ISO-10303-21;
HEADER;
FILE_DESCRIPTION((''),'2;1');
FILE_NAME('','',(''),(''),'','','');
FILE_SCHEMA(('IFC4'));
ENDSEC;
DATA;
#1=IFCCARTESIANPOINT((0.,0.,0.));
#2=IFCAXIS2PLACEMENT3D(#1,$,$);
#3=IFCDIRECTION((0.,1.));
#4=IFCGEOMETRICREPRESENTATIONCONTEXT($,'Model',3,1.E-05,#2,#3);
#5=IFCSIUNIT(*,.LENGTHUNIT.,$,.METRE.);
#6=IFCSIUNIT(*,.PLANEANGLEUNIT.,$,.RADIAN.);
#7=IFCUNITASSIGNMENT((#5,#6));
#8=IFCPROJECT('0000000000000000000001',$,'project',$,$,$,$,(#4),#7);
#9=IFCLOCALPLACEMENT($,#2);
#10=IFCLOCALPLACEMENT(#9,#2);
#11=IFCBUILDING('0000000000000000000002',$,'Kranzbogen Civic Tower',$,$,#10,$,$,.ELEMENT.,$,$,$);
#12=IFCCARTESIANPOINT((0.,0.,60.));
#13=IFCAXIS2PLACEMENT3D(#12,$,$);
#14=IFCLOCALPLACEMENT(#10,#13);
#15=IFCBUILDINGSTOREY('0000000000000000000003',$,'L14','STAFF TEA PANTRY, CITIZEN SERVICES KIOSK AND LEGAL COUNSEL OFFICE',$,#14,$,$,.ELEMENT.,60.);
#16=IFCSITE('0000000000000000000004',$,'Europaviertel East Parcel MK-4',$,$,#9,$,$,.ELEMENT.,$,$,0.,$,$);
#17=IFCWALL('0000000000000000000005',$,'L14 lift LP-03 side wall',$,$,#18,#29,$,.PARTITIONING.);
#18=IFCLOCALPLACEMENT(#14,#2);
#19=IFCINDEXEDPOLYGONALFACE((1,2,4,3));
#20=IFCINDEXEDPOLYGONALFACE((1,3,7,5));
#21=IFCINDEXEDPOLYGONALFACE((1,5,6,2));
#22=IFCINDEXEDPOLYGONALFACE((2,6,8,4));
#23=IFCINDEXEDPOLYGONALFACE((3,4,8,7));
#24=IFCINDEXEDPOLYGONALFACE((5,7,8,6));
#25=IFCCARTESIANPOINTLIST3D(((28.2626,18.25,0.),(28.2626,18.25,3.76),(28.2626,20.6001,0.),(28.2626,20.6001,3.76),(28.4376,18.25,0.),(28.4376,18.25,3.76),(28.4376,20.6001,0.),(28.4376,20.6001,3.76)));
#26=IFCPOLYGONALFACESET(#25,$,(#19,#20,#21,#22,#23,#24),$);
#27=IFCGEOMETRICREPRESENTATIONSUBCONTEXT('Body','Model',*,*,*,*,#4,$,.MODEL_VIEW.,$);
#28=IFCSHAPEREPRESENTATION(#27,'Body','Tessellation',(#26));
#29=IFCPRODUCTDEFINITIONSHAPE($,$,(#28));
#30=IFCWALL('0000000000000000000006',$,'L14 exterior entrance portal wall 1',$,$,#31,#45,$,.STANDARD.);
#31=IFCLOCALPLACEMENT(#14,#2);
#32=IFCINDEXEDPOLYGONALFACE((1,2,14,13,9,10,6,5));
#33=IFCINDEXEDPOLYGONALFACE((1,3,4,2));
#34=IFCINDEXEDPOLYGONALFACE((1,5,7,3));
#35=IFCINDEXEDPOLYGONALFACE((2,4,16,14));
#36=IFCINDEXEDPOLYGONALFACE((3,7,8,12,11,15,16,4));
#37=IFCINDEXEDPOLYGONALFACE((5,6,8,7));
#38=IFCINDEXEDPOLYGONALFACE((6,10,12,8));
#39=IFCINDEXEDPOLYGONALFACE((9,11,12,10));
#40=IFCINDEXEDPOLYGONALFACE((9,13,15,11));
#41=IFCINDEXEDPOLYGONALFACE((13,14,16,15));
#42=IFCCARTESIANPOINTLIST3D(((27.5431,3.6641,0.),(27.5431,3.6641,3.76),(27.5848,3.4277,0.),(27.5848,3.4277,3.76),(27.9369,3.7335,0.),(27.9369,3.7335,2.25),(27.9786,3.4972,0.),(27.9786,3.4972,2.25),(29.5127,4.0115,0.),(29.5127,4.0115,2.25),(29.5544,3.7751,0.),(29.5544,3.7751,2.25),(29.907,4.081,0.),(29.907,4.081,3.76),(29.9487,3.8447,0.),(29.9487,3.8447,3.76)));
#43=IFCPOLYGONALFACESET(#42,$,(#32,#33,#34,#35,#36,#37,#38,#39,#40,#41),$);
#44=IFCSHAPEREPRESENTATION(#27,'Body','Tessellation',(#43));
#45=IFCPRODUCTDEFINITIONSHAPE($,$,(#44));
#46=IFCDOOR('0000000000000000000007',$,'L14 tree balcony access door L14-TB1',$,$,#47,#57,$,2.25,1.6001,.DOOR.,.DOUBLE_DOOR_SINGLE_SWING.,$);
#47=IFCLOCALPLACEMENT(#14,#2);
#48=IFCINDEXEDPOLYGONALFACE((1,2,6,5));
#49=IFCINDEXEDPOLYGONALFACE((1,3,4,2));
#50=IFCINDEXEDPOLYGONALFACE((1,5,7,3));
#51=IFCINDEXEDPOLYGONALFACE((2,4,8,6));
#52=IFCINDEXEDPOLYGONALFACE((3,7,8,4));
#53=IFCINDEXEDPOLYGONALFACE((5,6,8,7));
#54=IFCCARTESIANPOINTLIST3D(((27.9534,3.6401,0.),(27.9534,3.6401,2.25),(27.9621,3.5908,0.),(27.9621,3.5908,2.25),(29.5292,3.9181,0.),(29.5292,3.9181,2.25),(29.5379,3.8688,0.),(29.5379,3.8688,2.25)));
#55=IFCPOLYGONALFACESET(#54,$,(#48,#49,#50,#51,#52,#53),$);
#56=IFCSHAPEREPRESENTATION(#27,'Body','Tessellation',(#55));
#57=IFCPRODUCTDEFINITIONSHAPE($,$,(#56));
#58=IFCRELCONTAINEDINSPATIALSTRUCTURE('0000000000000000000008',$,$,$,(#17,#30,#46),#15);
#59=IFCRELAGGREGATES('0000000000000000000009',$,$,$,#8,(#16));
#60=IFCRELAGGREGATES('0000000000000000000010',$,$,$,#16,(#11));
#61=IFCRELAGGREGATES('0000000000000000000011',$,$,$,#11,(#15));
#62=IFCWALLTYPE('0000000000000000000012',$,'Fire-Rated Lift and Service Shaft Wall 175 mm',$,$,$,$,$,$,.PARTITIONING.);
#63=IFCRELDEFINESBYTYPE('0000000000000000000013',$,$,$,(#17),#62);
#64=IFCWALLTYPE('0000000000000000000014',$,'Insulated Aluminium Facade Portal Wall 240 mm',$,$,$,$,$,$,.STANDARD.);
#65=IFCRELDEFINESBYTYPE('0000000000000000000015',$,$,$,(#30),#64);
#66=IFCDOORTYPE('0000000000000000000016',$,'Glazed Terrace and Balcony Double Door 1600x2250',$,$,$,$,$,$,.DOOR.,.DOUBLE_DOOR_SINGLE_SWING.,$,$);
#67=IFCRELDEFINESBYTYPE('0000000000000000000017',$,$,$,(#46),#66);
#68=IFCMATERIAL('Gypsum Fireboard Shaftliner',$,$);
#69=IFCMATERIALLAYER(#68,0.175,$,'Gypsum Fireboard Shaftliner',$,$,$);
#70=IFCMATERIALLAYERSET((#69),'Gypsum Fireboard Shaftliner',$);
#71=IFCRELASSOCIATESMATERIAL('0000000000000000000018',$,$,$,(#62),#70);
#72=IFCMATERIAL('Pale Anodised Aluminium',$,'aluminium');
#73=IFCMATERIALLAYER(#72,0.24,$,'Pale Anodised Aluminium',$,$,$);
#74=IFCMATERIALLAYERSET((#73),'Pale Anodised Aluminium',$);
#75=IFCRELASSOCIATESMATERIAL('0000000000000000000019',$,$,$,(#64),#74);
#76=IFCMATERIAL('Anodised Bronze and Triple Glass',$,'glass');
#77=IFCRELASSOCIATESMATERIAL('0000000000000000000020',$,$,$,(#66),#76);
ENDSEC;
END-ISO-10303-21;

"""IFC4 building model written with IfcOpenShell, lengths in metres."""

from ifc_helpers import new_model, si_unit, direction, frame, frame_2d, origin, place, context, subcontext, project, spatial, rectangle, extrude, material, layer, layer_set, type_object, element, fill, save


model = new_model("IFC4")

# Units and contexts
model_context = context("Model", 3, precision=1e-05, world=origin(), true_north=direction((0.0, 1.0)))
body_context = subcontext(model_context, "Body", "Model", "MODEL_VIEW")
ifc_project = project(units=[si_unit("LENGTHUNIT", "METRE"), si_unit("PLANEANGLEUNIT", "RADIAN")], contexts=[model_context])

# Site, building, storey
site_placement = place(None, origin())
site = spatial("IfcSite", under=ifc_project, at=site_placement, Name="Europaviertel East Parcel MK-4", CompositionType="ELEMENT", RefElevation=0.0)
building_placement = place(site_placement, origin())
building = spatial("IfcBuilding", under=site, at=building_placement, Name="Kranzbogen Civic Tower", CompositionType="ELEMENT")
storey_placement = place(building_placement, frame((0.0, 0.0, 60.0)))
storey = spatial("IfcBuildingStorey", under=building, at=storey_placement, Name="L14", Description="STAFF TEA PANTRY, CITIZEN SERVICES KIOSK AND LEGAL COUNSEL OFFICE", CompositionType="ELEMENT", Elevation=60.0)

# Shared definitions
ifc_material_1 = material(Name="Pale Anodised Aluminium", Category="aluminium")

# Wall
ifc_material_2 = material(Name="Gypsum Fireboard Shaftliner")
ifc_layer_1 = layer(ifc_material_2, 0.175, Name="Gypsum Fireboard Shaftliner")
ifc_layer_set_1 = layer_set([ifc_layer_1], Name="Gypsum Fireboard Shaftliner")
wall_type_1 = type_object("IfcWallType", Name="Fire-Rated Lift and Service Shaft Wall 175 mm", PredefinedType="PARTITIONING", material=ifc_layer_set_1)
wall_1_placement = place(storey_placement, frame((28.3501, 18.25, 0.0), z_axis=(0.0, 0.0, 1.0), x_axis=(0.0, 1.0, 0.0)))
element("IfcWall", 1, at=wall_1_placement, inside=storey, type_object=wall_type_1, Name="L14 lift LP-03 side wall", PredefinedType="PARTITIONING", context=body_context, shape_type="SweptSolid", body=[
    extrude(rectangle(XDim=2.3501, YDim=0.175, at=frame_2d((1.175, 0.0))), origin(), (0.0, 0.0, 1.0), 3.76),
])

# Wall, opening, door
ifc_layer_2 = layer(ifc_material_1, 0.24, Name="Pale Anodised Aluminium")
ifc_layer_set_2 = layer_set([ifc_layer_2], Name="Pale Anodised Aluminium")
wall_type_2 = type_object("IfcWallType", Name="Insulated Aluminium Facade Portal Wall 240 mm", PredefinedType="STANDARD", material=ifc_layer_set_2)
wall_2_placement = place(storey_placement, frame((27.564, 3.5459, 0.0), z_axis=(0.0, 0.0, 1.0), x_axis=(0.984797, 0.17371, 0.0)))
wall_2 = element("IfcWall", 2, at=wall_2_placement, inside=storey, type_object=wall_type_2, Name="L14 exterior entrance portal wall 1", PredefinedType="STANDARD", context=body_context, shape_type="SweptSolid", body=[
    extrude(rectangle(XDim=2.4004, YDim=0.24, at=frame_2d((1.2002, 0.0))), origin(), (0.0, 0.0, 1.0), 3.76),
])
opening_placement = place(wall_2_placement, frame((0.3999, 0.0, 0.0)))
opening = element("IfcOpeningElement", 3, at=opening_placement, cuts=wall_2, PredefinedType="OPENING", context=body_context, shape_type="SweptSolid", body=[
    extrude(rectangle(XDim=1.6001, YDim=2.25, at=frame_2d((0.8, 1.125))), frame((0.0, 0.1299, 0.0), z_axis=(0.0, -1.0, 0.0), x_axis=(1.0, 0.0, 0.0)), (0.0, 0.0, 1.0), 0.26),
])
ifc_material_3 = material(Name="Anodised Bronze and Triple Glass", Category="glass")
door_type = type_object("IfcDoorType", Name="Glazed Terrace and Balcony Double Door 1600x2250", OperationType="DOUBLE_DOOR_SINGLE_SWING", PredefinedType="DOOR", material=ifc_material_3)
door_placement = place(opening_placement, frame((1.6001, 0.0, 0.0), z_axis=(0.0, 0.0, 1.0), x_axis=(-1.0, 0.0, 0.0)))
door = element("IfcDoor", 4, at=door_placement, inside=storey, type_object=door_type, Name="L14 tree balcony access door L14-TB1", OperationType="DOUBLE_DOOR_SINGLE_SWING", OverallHeight=2.25, OverallWidth=1.6001, PredefinedType="DOOR", context=body_context, shape_type="SweptSolid", body=[
    extrude(rectangle(XDim=1.6001, YDim=2.25, at=frame_2d((0.8, 1.125))), frame((0.0, 0.0249, 0.0), z_axis=(0.0, -1.0, 0.0), x_axis=(1.0, 0.0, 0.0)), (0.0, 0.0, 1.0), 0.05),
])
fill(opening, door)

save(model, "model.ifc")
